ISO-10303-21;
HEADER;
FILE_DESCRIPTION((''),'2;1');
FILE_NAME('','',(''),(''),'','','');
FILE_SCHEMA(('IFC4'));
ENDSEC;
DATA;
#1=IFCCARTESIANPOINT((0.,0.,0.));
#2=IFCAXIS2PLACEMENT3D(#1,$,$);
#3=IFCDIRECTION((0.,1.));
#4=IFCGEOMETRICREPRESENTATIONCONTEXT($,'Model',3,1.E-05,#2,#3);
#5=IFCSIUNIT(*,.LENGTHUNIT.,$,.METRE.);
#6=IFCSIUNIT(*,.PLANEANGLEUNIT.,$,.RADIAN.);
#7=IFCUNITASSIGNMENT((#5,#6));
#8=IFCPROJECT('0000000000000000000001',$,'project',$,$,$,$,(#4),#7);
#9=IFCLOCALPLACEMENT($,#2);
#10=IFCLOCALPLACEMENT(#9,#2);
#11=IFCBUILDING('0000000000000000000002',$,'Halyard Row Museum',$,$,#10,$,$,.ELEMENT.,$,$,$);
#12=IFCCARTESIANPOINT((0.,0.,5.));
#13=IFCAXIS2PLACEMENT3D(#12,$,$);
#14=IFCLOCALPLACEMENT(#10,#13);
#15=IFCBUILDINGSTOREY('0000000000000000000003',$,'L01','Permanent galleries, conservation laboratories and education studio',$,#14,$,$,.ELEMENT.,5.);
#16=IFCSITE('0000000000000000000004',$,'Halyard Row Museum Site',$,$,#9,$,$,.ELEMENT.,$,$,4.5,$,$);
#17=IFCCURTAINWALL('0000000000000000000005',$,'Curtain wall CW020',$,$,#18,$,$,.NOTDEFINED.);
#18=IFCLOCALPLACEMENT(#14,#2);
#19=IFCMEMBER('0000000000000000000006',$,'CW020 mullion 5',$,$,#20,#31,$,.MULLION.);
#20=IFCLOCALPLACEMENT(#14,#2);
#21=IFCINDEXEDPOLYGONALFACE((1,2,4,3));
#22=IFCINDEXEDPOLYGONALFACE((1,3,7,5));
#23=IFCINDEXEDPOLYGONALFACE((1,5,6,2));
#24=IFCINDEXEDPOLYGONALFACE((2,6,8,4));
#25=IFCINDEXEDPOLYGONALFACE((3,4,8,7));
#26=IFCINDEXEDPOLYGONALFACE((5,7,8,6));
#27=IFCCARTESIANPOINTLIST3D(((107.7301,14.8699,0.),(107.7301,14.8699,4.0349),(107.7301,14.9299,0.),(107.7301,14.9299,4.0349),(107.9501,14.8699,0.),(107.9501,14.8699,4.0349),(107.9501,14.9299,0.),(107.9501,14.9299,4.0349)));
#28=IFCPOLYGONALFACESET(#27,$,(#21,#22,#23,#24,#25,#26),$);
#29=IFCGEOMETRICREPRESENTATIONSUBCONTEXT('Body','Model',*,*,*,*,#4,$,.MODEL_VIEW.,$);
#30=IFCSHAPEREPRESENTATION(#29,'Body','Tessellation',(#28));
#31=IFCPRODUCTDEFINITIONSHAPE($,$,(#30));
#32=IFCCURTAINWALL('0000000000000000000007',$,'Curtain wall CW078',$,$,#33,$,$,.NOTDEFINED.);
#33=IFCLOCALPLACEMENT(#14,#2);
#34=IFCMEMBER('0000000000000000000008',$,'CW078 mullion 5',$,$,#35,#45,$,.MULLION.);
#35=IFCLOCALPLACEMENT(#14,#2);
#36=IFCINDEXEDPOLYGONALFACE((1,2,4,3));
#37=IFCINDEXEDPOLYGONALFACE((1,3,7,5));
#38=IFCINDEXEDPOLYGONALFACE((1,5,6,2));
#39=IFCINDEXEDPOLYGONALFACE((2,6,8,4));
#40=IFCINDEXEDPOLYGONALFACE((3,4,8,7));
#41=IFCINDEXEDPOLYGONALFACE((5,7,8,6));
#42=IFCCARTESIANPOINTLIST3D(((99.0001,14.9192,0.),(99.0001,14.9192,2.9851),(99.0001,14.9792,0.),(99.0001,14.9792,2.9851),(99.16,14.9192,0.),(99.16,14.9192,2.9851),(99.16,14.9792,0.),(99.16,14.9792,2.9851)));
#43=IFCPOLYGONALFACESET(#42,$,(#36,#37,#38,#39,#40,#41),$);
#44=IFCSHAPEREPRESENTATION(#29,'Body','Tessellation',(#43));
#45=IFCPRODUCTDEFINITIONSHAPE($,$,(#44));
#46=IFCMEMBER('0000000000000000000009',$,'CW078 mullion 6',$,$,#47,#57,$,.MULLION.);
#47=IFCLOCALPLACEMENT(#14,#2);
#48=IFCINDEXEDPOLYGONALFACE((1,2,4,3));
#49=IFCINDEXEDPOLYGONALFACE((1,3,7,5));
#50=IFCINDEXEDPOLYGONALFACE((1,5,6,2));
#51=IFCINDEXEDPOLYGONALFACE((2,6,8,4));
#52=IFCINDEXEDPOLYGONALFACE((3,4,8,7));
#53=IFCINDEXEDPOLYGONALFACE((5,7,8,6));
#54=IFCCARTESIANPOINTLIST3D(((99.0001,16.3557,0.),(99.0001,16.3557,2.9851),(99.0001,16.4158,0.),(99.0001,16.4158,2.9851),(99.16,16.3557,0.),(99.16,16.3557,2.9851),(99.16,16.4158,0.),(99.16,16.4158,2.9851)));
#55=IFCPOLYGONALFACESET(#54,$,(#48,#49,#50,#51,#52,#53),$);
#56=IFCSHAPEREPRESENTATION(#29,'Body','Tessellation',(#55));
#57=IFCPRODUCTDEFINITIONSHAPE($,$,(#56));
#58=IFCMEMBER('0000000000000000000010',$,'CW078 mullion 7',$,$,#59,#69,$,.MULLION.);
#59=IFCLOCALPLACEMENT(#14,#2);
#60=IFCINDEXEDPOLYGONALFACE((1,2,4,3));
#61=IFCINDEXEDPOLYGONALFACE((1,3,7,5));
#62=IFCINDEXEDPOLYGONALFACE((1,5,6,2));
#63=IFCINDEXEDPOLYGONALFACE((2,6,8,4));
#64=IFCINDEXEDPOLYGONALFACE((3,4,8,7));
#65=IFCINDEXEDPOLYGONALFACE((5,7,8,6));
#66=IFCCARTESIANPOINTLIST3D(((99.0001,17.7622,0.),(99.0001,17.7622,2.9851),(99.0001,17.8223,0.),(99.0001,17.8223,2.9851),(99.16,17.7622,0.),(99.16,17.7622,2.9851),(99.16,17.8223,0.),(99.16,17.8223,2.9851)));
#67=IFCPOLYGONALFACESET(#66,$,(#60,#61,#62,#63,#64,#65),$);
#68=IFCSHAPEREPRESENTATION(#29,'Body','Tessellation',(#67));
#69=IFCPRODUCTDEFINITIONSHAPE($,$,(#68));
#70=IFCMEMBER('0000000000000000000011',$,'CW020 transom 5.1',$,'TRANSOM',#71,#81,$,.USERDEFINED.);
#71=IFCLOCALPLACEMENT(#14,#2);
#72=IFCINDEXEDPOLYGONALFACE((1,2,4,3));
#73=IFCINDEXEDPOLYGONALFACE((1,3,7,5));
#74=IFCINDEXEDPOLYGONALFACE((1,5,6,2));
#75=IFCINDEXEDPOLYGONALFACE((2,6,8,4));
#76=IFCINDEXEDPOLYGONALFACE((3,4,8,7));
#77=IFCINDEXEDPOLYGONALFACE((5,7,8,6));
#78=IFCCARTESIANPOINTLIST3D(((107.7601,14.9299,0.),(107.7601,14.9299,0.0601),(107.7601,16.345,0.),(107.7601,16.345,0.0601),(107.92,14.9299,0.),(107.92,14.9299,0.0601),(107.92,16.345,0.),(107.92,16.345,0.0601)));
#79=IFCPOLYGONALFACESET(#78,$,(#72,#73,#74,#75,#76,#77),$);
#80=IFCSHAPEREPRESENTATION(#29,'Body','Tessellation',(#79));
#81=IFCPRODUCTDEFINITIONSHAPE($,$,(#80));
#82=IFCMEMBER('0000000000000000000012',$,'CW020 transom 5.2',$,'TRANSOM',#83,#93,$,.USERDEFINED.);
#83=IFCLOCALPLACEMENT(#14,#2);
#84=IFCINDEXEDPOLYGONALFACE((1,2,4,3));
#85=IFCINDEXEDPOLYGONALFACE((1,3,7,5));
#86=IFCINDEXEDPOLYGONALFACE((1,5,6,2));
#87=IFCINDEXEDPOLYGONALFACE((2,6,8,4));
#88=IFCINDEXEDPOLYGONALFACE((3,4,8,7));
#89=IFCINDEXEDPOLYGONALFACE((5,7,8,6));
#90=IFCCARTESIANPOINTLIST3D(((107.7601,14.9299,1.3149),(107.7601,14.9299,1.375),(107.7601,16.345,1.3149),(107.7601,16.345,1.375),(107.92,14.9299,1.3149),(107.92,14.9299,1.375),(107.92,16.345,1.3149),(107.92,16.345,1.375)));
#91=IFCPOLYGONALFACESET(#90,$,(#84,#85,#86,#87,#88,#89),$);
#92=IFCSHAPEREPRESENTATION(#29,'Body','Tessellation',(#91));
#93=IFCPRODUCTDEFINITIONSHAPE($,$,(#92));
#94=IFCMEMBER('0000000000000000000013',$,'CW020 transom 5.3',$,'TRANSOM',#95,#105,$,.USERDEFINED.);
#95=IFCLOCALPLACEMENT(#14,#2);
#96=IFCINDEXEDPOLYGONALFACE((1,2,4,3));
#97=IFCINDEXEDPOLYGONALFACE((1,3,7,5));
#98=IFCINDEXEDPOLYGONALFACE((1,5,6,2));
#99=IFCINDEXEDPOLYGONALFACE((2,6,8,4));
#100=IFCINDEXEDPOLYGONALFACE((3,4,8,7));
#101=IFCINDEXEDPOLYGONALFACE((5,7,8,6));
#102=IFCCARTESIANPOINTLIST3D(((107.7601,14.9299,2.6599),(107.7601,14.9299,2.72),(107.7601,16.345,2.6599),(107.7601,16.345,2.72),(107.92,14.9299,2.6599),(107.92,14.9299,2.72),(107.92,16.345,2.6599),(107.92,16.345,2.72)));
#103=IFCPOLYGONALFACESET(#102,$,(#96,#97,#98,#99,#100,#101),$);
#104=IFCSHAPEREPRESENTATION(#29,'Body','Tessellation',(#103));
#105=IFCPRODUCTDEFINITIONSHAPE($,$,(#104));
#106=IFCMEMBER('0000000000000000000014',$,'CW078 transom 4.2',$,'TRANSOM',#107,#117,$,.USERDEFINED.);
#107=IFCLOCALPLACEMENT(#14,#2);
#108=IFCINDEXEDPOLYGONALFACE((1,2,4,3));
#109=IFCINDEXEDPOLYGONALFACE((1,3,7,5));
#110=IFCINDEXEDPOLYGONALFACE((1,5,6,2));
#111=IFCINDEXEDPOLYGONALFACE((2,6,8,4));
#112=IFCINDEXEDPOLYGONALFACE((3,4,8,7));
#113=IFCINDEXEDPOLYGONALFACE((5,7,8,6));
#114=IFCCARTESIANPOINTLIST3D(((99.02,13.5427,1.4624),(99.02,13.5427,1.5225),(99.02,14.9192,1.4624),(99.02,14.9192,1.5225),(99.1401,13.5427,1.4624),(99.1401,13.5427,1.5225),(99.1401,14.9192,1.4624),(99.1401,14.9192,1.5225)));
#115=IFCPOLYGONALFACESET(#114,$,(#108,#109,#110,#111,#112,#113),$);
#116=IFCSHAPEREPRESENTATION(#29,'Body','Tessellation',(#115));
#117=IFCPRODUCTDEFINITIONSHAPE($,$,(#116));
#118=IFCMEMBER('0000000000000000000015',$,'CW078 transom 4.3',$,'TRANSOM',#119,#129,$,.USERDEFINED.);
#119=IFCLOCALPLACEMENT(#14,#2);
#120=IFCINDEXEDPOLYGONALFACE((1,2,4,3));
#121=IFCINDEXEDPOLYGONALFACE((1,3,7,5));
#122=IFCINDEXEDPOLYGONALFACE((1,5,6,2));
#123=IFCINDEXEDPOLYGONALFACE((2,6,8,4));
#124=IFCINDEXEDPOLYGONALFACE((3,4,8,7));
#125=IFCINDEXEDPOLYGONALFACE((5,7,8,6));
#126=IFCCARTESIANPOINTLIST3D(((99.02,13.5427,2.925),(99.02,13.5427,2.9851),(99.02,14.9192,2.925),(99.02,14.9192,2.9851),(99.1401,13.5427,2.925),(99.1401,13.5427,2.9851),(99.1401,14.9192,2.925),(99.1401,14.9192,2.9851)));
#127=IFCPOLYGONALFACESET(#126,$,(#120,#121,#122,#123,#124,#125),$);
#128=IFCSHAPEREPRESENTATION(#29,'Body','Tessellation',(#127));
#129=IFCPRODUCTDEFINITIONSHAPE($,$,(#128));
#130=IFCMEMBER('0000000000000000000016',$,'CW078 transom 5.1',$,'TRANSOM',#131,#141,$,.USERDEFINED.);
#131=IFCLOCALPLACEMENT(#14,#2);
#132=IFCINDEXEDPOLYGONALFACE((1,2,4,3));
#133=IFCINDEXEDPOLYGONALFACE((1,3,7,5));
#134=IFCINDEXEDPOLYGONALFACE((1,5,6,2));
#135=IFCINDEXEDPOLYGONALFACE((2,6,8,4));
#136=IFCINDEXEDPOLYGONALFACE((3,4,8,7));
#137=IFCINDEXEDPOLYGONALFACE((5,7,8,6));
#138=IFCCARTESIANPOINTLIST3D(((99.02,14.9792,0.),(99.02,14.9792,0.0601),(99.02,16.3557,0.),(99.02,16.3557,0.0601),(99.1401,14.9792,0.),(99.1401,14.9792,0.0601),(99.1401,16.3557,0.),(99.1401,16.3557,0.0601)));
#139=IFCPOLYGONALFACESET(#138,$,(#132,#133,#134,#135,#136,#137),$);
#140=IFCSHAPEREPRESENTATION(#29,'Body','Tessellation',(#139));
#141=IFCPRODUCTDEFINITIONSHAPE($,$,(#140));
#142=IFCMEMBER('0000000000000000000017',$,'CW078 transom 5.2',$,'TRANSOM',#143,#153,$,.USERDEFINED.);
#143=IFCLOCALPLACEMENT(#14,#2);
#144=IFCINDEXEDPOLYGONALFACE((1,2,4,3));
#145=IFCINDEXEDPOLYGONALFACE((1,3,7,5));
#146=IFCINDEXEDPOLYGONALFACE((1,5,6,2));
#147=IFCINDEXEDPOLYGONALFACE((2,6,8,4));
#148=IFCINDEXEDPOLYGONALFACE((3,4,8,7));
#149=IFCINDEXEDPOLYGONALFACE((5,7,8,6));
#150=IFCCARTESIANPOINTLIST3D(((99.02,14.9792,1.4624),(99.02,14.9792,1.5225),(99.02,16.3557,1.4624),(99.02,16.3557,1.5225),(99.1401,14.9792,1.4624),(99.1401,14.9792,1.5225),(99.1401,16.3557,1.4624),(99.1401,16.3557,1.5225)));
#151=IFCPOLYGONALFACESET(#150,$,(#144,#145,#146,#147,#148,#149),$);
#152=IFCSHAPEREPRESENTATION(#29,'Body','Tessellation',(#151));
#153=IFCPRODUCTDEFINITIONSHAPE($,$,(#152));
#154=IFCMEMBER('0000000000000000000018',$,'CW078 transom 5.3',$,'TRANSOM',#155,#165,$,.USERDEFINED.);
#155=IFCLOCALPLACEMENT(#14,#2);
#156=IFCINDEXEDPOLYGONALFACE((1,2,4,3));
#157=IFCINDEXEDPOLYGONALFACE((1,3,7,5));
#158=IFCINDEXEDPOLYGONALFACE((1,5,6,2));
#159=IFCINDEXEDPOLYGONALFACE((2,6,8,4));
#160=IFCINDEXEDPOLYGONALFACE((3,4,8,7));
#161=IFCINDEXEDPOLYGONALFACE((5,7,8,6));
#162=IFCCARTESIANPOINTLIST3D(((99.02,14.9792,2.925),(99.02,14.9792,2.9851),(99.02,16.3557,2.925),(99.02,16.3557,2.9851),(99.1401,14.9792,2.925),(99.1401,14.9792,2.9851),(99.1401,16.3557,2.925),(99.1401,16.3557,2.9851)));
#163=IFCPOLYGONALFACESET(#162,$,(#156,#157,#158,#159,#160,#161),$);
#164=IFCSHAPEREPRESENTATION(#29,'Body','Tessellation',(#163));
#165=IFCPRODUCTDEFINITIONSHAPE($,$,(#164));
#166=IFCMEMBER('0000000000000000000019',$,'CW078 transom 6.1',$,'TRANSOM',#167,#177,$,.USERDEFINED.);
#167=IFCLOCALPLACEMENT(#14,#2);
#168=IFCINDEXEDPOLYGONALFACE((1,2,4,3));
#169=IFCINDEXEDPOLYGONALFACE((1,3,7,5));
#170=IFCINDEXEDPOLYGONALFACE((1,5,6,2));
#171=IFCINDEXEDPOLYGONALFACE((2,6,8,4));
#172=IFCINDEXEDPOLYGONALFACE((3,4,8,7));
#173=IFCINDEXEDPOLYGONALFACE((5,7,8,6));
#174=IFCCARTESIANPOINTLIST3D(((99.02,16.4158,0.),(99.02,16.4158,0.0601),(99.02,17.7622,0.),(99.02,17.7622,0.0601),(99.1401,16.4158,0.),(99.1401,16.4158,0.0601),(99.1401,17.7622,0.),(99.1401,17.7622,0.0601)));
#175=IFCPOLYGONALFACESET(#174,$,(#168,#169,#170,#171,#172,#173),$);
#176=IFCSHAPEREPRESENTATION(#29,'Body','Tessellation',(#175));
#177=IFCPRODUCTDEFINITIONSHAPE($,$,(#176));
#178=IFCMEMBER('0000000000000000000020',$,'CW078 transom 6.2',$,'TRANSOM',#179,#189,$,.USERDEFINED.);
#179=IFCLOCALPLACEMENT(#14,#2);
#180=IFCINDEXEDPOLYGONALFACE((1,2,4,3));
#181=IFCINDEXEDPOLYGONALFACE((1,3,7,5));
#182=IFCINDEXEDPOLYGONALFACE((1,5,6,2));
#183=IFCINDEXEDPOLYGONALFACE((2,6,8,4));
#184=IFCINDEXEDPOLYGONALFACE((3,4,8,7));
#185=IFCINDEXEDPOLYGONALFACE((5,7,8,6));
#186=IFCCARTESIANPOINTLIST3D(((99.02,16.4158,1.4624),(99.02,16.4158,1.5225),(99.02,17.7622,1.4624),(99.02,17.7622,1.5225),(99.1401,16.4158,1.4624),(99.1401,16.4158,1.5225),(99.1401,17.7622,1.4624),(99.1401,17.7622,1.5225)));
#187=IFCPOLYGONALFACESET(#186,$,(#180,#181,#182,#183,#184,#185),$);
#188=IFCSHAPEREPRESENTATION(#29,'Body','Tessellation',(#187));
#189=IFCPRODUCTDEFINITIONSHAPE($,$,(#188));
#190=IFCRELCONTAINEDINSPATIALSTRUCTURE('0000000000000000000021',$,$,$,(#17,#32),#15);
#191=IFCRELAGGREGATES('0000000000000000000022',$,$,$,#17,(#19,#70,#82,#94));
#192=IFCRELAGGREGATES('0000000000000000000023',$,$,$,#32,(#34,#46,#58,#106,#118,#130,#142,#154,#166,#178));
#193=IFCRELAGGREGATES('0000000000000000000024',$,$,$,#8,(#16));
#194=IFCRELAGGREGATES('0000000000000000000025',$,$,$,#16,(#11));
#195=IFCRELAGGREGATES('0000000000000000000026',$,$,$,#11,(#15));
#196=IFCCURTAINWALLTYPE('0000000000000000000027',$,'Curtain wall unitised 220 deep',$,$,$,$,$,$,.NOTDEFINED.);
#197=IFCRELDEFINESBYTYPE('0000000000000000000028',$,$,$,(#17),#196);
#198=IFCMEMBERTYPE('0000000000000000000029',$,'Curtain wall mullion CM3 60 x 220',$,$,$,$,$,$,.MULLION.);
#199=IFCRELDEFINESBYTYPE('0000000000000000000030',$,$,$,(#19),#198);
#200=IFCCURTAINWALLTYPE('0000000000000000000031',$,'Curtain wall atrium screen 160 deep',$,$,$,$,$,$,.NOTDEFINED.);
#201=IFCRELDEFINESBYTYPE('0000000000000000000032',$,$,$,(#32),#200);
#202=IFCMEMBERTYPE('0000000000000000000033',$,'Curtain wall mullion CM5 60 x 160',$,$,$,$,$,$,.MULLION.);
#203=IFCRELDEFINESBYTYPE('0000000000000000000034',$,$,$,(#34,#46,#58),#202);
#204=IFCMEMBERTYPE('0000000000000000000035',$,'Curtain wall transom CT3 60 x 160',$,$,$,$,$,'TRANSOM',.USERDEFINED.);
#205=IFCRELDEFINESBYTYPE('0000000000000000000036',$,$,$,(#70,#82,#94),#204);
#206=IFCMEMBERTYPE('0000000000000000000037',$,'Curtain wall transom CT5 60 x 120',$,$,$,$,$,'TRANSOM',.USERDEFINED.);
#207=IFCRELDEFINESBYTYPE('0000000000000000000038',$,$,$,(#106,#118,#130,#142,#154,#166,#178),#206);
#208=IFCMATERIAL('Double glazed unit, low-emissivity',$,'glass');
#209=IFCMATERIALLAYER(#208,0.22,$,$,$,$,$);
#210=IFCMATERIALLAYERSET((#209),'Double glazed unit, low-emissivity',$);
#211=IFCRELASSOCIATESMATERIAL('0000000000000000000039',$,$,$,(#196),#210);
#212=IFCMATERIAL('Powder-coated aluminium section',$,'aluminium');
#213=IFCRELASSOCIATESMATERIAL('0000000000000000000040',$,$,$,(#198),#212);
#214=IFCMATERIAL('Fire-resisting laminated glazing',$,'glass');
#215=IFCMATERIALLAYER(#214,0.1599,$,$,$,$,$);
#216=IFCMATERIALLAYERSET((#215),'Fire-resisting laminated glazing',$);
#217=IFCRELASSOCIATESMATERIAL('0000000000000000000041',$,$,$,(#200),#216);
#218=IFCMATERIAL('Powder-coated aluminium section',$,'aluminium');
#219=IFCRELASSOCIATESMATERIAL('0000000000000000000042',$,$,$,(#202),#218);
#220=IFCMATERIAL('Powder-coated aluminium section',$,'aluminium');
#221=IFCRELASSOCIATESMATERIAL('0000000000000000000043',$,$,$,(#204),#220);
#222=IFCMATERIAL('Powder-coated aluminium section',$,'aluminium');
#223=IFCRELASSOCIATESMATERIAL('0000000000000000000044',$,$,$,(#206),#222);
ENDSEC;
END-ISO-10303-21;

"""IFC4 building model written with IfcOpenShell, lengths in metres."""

from ifc_helpers import new_model, si_unit, direction, frame, origin, origin_2d, place, context, subcontext, project, spatial, rectangle, extrude, material, layer, layer_set, material_profile, profile_set, type_object, element, aggregate, save


model = new_model("IFC4")

# Units and contexts
model_context = context("Model", 3, precision=1e-05, world=origin(), true_north=direction((0.0, 1.0)))
body_context = subcontext(model_context, "Body", "Model", "MODEL_VIEW")
ifc_project = project(units=[si_unit("LENGTHUNIT", "METRE"), si_unit("PLANEANGLEUNIT", "RADIAN")], contexts=[model_context])

# Site, building, storey
site_placement = place(None, origin())
site = spatial("IfcSite", under=ifc_project, at=site_placement, Name="Halyard Row Museum Site", CompositionType="ELEMENT", RefElevation=4.5)
building_placement = place(site_placement, origin())
building = spatial("IfcBuilding", under=site, at=building_placement, Name="Halyard Row Museum", CompositionType="ELEMENT")
storey_placement = place(building_placement, frame((0.0, 0.0, 5.0)))
storey = spatial("IfcBuildingStorey", under=building, at=storey_placement, Name="L01", Description="Permanent galleries, conservation laboratories and education studio", CompositionType="ELEMENT", Elevation=5.0)

# Curtain wall, member
ifc_material_1 = material(Name="Double glazed unit, low-emissivity", Category="glass")
ifc_layer_1 = layer(ifc_material_1, 0.22)
ifc_layer_set_1 = layer_set([ifc_layer_1], Name="Double glazed unit, low-emissivity")
curtain_wall_type_1 = type_object("IfcCurtainWallType", Name="Curtain wall unitised 220 deep", PredefinedType="NOTDEFINED", material=ifc_layer_set_1)
curtain_wall_1_placement = place(storey_placement, origin())
curtain_wall_1 = element("IfcCurtainWall", 1, at=curtain_wall_1_placement, inside=storey, type_object=curtain_wall_type_1, Name="Curtain wall CW020", PredefinedType="NOTDEFINED")
ifc_material_2 = material(Name="Powder-coated aluminium section", Category="aluminium")
ifc_material_profile_1 = material_profile(ifc_material_2, rectangle(XDim=0.22, YDim=0.0601, at=origin_2d()), Name="220x60 mullion")
ifc_profile_set_1 = profile_set([ifc_material_profile_1], Name="Powder-coated aluminium section")
member_type_1 = type_object("IfcMemberType", Name="Curtain wall mullion CM3 60 x 220", PredefinedType="MULLION", material=ifc_profile_set_1)
member_1_placement = place(storey_placement, frame((107.8401, 14.8999, 0.0), z_axis=(0.0, 0.0, 1.0), x_axis=(-1.0, 0.0, 0.0)))
member_1 = element("IfcMember", 2, at=member_1_placement, type_object=member_type_1, Name="CW020 mullion 5", PredefinedType="MULLION", context=body_context, shape_type="SweptSolid", body=[
    extrude(rectangle(XDim=0.22, YDim=0.0601, at=origin_2d()), origin(), (0.0, 0.0, 1.0), 4.0349),
])

# Curtain wall, members
ifc_material_3 = material(Name="Fire-resisting laminated glazing", Category="glass")
ifc_layer_2 = layer(ifc_material_3, 0.1599)
ifc_layer_set_2 = layer_set([ifc_layer_2], Name="Fire-resisting laminated glazing")
curtain_wall_type_2 = type_object("IfcCurtainWallType", Name="Curtain wall atrium screen 160 deep", PredefinedType="NOTDEFINED", material=ifc_layer_set_2)
curtain_wall_2_placement = place(storey_placement, origin())
curtain_wall_2 = element("IfcCurtainWall", 3, at=curtain_wall_2_placement, inside=storey, type_object=curtain_wall_type_2, Name="Curtain wall CW078", PredefinedType="NOTDEFINED")
ifc_material_4 = material(Name="Powder-coated aluminium section", Category="aluminium")
ifc_material_profile_2 = material_profile(ifc_material_4, rectangle(XDim=0.1599, YDim=0.0601, at=origin_2d()), Name="160x60 mullion")
ifc_profile_set_2 = profile_set([ifc_material_profile_2], Name="Powder-coated aluminium section")
member_type_2 = type_object("IfcMemberType", Name="Curtain wall mullion CM5 60 x 160", PredefinedType="MULLION", material=ifc_profile_set_2)
member_2_placement = place(storey_placement, frame((99.0801, 14.9492, 0.0), z_axis=(0.0, 0.0, 1.0), x_axis=(-1.0, 0.0, 0.0)))
member_2 = element("IfcMember", 4, at=member_2_placement, type_object=member_type_2, Name="CW078 mullion 5", PredefinedType="MULLION", context=body_context, shape_type="SweptSolid", body=[
    extrude(rectangle(XDim=0.1599, YDim=0.0601, at=origin_2d()), origin(), (0.0, 0.0, 1.0), 2.9851),
])
member_3_placement = place(storey_placement, frame((99.0801, 16.3857, 0.0), z_axis=(0.0, 0.0, 1.0), x_axis=(-1.0, 0.0, 0.0)))
member_3 = element("IfcMember", 5, at=member_3_placement, type_object=member_type_2, Name="CW078 mullion 6", PredefinedType="MULLION", context=body_context, shape_type="SweptSolid", body=[
    extrude(rectangle(XDim=0.1599, YDim=0.0601, at=origin_2d()), origin(), (0.0, 0.0, 1.0), 2.9851),
])
member_4_placement = place(storey_placement, frame((99.0801, 17.7922, 0.0), z_axis=(0.0, 0.0, 1.0), x_axis=(-1.0, 0.0, 0.0)))
member_4 = element("IfcMember", 6, at=member_4_placement, type_object=member_type_2, Name="CW078 mullion 7", PredefinedType="MULLION", context=body_context, shape_type="SweptSolid", body=[
    extrude(rectangle(XDim=0.1599, YDim=0.0601, at=origin_2d()), origin(), (0.0, 0.0, 1.0), 2.9851),
])

# Members
ifc_material_5 = material(Name="Powder-coated aluminium section", Category="aluminium")
ifc_material_profile_3 = material_profile(ifc_material_5, rectangle(XDim=0.1599, YDim=0.0601, at=origin_2d()), Name="160x60 transom")
ifc_profile_set_3 = profile_set([ifc_material_profile_3], Name="Powder-coated aluminium section")
member_type_3 = type_object("IfcMemberType", Name="Curtain wall transom CT3 60 x 160", ElementType="TRANSOM", PredefinedType="USERDEFINED", material=ifc_profile_set_3)
member_5_placement = place(storey_placement, frame((107.8401, 14.9299, 0.03), z_axis=(0.0, 1.0, 0.0), x_axis=(-1.0, 0.0, 0.0)))
member_5 = element("IfcMember", 7, at=member_5_placement, type_object=member_type_3, Name="CW020 transom 5.1", ObjectType="TRANSOM", PredefinedType="USERDEFINED", context=body_context, shape_type="SweptSolid", body=[
    extrude(rectangle(XDim=0.1599, YDim=0.0601, at=origin_2d()), origin(), (0.0, 0.0, 1.0), 1.415),
])
member_6_placement = place(storey_placement, frame((107.8401, 14.9299, 1.345), z_axis=(0.0, 1.0, 0.0), x_axis=(-1.0, 0.0, 0.0)))
member_6 = element("IfcMember", 8, at=member_6_placement, type_object=member_type_3, Name="CW020 transom 5.2", ObjectType="TRANSOM", PredefinedType="USERDEFINED", context=body_context, shape_type="SweptSolid", body=[
    extrude(rectangle(XDim=0.1599, YDim=0.0601, at=origin_2d()), origin(), (0.0, 0.0, 1.0), 1.415),
])
member_7_placement = place(storey_placement, frame((107.8401, 14.9299, 2.6899), z_axis=(0.0, 1.0, 0.0), x_axis=(-1.0, 0.0, 0.0)))
member_7 = element("IfcMember", 9, at=member_7_placement, type_object=member_type_3, Name="CW020 transom 5.3", ObjectType="TRANSOM", PredefinedType="USERDEFINED", context=body_context, shape_type="SweptSolid", body=[
    extrude(rectangle(XDim=0.1599, YDim=0.0601, at=origin_2d()), origin(), (0.0, 0.0, 1.0), 1.415),
])
ifc_material_6 = material(Name="Powder-coated aluminium section", Category="aluminium")
ifc_material_profile_4 = material_profile(ifc_material_6, rectangle(XDim=0.1201, YDim=0.0601, at=origin_2d()), Name="120x60 transom")
ifc_profile_set_4 = profile_set([ifc_material_profile_4], Name="Powder-coated aluminium section")
member_type_4 = type_object("IfcMemberType", Name="Curtain wall transom CT5 60 x 120", ElementType="TRANSOM", PredefinedType="USERDEFINED", material=ifc_profile_set_4)
member_8_placement = place(storey_placement, frame((99.0801, 13.5427, 1.4924), z_axis=(0.0, 1.0, 0.0), x_axis=(-1.0, 0.0, 0.0)))
member_8 = element("IfcMember", 10, at=member_8_placement, type_object=member_type_4, Name="CW078 transom 4.2", ObjectType="TRANSOM", PredefinedType="USERDEFINED", context=body_context, shape_type="SweptSolid", body=[
    extrude(rectangle(XDim=0.1201, YDim=0.0601, at=origin_2d()), origin(), (0.0, 0.0, 1.0), 1.3765),
])
member_9_placement = place(storey_placement, frame((99.0801, 13.5427, 2.9551), z_axis=(0.0, 1.0, 0.0), x_axis=(-1.0, 0.0, 0.0)))
member_9 = element("IfcMember", 11, at=member_9_placement, type_object=member_type_4, Name="CW078 transom 4.3", ObjectType="TRANSOM", PredefinedType="USERDEFINED", context=body_context, shape_type="SweptSolid", body=[
    extrude(rectangle(XDim=0.1201, YDim=0.0601, at=origin_2d()), origin(), (0.0, 0.0, 1.0), 1.3765),
])
member_10_placement = place(storey_placement, frame((99.0801, 14.9792, 0.03), z_axis=(0.0, 1.0, 0.0), x_axis=(-1.0, 0.0, 0.0)))
member_10 = element("IfcMember", 12, at=member_10_placement, type_object=member_type_4, Name="CW078 transom 5.1", ObjectType="TRANSOM", PredefinedType="USERDEFINED", context=body_context, shape_type="SweptSolid", body=[
    extrude(rectangle(XDim=0.1201, YDim=0.0601, at=origin_2d()), origin(), (0.0, 0.0, 1.0), 1.3765),
])
member_11_placement = place(storey_placement, frame((99.0801, 14.9792, 1.4924), z_axis=(0.0, 1.0, 0.0), x_axis=(-1.0, 0.0, 0.0)))
member_11 = element("IfcMember", 13, at=member_11_placement, type_object=member_type_4, Name="CW078 transom 5.2", ObjectType="TRANSOM", PredefinedType="USERDEFINED", context=body_context, shape_type="SweptSolid", body=[
    extrude(rectangle(XDim=0.1201, YDim=0.0601, at=origin_2d()), origin(), (0.0, 0.0, 1.0), 1.3765),
])
member_12_placement = place(storey_placement, frame((99.0801, 14.9792, 2.9551), z_axis=(0.0, 1.0, 0.0), x_axis=(-1.0, 0.0, 0.0)))
member_12 = element("IfcMember", 14, at=member_12_placement, type_object=member_type_4, Name="CW078 transom 5.3", ObjectType="TRANSOM", PredefinedType="USERDEFINED", context=body_context, shape_type="SweptSolid", body=[
    extrude(rectangle(XDim=0.1201, YDim=0.0601, at=origin_2d()), origin(), (0.0, 0.0, 1.0), 1.3765),
])
member_13_placement = place(storey_placement, frame((99.0801, 16.4158, 0.03), z_axis=(0.0, 1.0, 0.0), x_axis=(-1.0, 0.0, 0.0)))
member_13 = element("IfcMember", 15, at=member_13_placement, type_object=member_type_4, Name="CW078 transom 6.1", ObjectType="TRANSOM", PredefinedType="USERDEFINED", context=body_context, shape_type="SweptSolid", body=[
    extrude(rectangle(XDim=0.1201, YDim=0.0601, at=origin_2d()), origin(), (0.0, 0.0, 1.0), 1.3464),
])
member_14_placement = place(storey_placement, frame((99.0801, 16.4158, 1.4924), z_axis=(0.0, 1.0, 0.0), x_axis=(-1.0, 0.0, 0.0)))
member_14 = element("IfcMember", 16, at=member_14_placement, type_object=member_type_4, Name="CW078 transom 6.2", ObjectType="TRANSOM", PredefinedType="USERDEFINED", context=body_context, shape_type="SweptSolid", body=[
    extrude(rectangle(XDim=0.1201, YDim=0.0601, at=origin_2d()), origin(), (0.0, 0.0, 1.0), 1.3464),
])

aggregate(curtain_wall_1, [member_1, member_5, member_6, member_7])
aggregate(curtain_wall_2, [member_2, member_3, member_4, member_8, member_9, member_10, member_11, member_12, member_13, member_14])

save(model, "model.ifc")
